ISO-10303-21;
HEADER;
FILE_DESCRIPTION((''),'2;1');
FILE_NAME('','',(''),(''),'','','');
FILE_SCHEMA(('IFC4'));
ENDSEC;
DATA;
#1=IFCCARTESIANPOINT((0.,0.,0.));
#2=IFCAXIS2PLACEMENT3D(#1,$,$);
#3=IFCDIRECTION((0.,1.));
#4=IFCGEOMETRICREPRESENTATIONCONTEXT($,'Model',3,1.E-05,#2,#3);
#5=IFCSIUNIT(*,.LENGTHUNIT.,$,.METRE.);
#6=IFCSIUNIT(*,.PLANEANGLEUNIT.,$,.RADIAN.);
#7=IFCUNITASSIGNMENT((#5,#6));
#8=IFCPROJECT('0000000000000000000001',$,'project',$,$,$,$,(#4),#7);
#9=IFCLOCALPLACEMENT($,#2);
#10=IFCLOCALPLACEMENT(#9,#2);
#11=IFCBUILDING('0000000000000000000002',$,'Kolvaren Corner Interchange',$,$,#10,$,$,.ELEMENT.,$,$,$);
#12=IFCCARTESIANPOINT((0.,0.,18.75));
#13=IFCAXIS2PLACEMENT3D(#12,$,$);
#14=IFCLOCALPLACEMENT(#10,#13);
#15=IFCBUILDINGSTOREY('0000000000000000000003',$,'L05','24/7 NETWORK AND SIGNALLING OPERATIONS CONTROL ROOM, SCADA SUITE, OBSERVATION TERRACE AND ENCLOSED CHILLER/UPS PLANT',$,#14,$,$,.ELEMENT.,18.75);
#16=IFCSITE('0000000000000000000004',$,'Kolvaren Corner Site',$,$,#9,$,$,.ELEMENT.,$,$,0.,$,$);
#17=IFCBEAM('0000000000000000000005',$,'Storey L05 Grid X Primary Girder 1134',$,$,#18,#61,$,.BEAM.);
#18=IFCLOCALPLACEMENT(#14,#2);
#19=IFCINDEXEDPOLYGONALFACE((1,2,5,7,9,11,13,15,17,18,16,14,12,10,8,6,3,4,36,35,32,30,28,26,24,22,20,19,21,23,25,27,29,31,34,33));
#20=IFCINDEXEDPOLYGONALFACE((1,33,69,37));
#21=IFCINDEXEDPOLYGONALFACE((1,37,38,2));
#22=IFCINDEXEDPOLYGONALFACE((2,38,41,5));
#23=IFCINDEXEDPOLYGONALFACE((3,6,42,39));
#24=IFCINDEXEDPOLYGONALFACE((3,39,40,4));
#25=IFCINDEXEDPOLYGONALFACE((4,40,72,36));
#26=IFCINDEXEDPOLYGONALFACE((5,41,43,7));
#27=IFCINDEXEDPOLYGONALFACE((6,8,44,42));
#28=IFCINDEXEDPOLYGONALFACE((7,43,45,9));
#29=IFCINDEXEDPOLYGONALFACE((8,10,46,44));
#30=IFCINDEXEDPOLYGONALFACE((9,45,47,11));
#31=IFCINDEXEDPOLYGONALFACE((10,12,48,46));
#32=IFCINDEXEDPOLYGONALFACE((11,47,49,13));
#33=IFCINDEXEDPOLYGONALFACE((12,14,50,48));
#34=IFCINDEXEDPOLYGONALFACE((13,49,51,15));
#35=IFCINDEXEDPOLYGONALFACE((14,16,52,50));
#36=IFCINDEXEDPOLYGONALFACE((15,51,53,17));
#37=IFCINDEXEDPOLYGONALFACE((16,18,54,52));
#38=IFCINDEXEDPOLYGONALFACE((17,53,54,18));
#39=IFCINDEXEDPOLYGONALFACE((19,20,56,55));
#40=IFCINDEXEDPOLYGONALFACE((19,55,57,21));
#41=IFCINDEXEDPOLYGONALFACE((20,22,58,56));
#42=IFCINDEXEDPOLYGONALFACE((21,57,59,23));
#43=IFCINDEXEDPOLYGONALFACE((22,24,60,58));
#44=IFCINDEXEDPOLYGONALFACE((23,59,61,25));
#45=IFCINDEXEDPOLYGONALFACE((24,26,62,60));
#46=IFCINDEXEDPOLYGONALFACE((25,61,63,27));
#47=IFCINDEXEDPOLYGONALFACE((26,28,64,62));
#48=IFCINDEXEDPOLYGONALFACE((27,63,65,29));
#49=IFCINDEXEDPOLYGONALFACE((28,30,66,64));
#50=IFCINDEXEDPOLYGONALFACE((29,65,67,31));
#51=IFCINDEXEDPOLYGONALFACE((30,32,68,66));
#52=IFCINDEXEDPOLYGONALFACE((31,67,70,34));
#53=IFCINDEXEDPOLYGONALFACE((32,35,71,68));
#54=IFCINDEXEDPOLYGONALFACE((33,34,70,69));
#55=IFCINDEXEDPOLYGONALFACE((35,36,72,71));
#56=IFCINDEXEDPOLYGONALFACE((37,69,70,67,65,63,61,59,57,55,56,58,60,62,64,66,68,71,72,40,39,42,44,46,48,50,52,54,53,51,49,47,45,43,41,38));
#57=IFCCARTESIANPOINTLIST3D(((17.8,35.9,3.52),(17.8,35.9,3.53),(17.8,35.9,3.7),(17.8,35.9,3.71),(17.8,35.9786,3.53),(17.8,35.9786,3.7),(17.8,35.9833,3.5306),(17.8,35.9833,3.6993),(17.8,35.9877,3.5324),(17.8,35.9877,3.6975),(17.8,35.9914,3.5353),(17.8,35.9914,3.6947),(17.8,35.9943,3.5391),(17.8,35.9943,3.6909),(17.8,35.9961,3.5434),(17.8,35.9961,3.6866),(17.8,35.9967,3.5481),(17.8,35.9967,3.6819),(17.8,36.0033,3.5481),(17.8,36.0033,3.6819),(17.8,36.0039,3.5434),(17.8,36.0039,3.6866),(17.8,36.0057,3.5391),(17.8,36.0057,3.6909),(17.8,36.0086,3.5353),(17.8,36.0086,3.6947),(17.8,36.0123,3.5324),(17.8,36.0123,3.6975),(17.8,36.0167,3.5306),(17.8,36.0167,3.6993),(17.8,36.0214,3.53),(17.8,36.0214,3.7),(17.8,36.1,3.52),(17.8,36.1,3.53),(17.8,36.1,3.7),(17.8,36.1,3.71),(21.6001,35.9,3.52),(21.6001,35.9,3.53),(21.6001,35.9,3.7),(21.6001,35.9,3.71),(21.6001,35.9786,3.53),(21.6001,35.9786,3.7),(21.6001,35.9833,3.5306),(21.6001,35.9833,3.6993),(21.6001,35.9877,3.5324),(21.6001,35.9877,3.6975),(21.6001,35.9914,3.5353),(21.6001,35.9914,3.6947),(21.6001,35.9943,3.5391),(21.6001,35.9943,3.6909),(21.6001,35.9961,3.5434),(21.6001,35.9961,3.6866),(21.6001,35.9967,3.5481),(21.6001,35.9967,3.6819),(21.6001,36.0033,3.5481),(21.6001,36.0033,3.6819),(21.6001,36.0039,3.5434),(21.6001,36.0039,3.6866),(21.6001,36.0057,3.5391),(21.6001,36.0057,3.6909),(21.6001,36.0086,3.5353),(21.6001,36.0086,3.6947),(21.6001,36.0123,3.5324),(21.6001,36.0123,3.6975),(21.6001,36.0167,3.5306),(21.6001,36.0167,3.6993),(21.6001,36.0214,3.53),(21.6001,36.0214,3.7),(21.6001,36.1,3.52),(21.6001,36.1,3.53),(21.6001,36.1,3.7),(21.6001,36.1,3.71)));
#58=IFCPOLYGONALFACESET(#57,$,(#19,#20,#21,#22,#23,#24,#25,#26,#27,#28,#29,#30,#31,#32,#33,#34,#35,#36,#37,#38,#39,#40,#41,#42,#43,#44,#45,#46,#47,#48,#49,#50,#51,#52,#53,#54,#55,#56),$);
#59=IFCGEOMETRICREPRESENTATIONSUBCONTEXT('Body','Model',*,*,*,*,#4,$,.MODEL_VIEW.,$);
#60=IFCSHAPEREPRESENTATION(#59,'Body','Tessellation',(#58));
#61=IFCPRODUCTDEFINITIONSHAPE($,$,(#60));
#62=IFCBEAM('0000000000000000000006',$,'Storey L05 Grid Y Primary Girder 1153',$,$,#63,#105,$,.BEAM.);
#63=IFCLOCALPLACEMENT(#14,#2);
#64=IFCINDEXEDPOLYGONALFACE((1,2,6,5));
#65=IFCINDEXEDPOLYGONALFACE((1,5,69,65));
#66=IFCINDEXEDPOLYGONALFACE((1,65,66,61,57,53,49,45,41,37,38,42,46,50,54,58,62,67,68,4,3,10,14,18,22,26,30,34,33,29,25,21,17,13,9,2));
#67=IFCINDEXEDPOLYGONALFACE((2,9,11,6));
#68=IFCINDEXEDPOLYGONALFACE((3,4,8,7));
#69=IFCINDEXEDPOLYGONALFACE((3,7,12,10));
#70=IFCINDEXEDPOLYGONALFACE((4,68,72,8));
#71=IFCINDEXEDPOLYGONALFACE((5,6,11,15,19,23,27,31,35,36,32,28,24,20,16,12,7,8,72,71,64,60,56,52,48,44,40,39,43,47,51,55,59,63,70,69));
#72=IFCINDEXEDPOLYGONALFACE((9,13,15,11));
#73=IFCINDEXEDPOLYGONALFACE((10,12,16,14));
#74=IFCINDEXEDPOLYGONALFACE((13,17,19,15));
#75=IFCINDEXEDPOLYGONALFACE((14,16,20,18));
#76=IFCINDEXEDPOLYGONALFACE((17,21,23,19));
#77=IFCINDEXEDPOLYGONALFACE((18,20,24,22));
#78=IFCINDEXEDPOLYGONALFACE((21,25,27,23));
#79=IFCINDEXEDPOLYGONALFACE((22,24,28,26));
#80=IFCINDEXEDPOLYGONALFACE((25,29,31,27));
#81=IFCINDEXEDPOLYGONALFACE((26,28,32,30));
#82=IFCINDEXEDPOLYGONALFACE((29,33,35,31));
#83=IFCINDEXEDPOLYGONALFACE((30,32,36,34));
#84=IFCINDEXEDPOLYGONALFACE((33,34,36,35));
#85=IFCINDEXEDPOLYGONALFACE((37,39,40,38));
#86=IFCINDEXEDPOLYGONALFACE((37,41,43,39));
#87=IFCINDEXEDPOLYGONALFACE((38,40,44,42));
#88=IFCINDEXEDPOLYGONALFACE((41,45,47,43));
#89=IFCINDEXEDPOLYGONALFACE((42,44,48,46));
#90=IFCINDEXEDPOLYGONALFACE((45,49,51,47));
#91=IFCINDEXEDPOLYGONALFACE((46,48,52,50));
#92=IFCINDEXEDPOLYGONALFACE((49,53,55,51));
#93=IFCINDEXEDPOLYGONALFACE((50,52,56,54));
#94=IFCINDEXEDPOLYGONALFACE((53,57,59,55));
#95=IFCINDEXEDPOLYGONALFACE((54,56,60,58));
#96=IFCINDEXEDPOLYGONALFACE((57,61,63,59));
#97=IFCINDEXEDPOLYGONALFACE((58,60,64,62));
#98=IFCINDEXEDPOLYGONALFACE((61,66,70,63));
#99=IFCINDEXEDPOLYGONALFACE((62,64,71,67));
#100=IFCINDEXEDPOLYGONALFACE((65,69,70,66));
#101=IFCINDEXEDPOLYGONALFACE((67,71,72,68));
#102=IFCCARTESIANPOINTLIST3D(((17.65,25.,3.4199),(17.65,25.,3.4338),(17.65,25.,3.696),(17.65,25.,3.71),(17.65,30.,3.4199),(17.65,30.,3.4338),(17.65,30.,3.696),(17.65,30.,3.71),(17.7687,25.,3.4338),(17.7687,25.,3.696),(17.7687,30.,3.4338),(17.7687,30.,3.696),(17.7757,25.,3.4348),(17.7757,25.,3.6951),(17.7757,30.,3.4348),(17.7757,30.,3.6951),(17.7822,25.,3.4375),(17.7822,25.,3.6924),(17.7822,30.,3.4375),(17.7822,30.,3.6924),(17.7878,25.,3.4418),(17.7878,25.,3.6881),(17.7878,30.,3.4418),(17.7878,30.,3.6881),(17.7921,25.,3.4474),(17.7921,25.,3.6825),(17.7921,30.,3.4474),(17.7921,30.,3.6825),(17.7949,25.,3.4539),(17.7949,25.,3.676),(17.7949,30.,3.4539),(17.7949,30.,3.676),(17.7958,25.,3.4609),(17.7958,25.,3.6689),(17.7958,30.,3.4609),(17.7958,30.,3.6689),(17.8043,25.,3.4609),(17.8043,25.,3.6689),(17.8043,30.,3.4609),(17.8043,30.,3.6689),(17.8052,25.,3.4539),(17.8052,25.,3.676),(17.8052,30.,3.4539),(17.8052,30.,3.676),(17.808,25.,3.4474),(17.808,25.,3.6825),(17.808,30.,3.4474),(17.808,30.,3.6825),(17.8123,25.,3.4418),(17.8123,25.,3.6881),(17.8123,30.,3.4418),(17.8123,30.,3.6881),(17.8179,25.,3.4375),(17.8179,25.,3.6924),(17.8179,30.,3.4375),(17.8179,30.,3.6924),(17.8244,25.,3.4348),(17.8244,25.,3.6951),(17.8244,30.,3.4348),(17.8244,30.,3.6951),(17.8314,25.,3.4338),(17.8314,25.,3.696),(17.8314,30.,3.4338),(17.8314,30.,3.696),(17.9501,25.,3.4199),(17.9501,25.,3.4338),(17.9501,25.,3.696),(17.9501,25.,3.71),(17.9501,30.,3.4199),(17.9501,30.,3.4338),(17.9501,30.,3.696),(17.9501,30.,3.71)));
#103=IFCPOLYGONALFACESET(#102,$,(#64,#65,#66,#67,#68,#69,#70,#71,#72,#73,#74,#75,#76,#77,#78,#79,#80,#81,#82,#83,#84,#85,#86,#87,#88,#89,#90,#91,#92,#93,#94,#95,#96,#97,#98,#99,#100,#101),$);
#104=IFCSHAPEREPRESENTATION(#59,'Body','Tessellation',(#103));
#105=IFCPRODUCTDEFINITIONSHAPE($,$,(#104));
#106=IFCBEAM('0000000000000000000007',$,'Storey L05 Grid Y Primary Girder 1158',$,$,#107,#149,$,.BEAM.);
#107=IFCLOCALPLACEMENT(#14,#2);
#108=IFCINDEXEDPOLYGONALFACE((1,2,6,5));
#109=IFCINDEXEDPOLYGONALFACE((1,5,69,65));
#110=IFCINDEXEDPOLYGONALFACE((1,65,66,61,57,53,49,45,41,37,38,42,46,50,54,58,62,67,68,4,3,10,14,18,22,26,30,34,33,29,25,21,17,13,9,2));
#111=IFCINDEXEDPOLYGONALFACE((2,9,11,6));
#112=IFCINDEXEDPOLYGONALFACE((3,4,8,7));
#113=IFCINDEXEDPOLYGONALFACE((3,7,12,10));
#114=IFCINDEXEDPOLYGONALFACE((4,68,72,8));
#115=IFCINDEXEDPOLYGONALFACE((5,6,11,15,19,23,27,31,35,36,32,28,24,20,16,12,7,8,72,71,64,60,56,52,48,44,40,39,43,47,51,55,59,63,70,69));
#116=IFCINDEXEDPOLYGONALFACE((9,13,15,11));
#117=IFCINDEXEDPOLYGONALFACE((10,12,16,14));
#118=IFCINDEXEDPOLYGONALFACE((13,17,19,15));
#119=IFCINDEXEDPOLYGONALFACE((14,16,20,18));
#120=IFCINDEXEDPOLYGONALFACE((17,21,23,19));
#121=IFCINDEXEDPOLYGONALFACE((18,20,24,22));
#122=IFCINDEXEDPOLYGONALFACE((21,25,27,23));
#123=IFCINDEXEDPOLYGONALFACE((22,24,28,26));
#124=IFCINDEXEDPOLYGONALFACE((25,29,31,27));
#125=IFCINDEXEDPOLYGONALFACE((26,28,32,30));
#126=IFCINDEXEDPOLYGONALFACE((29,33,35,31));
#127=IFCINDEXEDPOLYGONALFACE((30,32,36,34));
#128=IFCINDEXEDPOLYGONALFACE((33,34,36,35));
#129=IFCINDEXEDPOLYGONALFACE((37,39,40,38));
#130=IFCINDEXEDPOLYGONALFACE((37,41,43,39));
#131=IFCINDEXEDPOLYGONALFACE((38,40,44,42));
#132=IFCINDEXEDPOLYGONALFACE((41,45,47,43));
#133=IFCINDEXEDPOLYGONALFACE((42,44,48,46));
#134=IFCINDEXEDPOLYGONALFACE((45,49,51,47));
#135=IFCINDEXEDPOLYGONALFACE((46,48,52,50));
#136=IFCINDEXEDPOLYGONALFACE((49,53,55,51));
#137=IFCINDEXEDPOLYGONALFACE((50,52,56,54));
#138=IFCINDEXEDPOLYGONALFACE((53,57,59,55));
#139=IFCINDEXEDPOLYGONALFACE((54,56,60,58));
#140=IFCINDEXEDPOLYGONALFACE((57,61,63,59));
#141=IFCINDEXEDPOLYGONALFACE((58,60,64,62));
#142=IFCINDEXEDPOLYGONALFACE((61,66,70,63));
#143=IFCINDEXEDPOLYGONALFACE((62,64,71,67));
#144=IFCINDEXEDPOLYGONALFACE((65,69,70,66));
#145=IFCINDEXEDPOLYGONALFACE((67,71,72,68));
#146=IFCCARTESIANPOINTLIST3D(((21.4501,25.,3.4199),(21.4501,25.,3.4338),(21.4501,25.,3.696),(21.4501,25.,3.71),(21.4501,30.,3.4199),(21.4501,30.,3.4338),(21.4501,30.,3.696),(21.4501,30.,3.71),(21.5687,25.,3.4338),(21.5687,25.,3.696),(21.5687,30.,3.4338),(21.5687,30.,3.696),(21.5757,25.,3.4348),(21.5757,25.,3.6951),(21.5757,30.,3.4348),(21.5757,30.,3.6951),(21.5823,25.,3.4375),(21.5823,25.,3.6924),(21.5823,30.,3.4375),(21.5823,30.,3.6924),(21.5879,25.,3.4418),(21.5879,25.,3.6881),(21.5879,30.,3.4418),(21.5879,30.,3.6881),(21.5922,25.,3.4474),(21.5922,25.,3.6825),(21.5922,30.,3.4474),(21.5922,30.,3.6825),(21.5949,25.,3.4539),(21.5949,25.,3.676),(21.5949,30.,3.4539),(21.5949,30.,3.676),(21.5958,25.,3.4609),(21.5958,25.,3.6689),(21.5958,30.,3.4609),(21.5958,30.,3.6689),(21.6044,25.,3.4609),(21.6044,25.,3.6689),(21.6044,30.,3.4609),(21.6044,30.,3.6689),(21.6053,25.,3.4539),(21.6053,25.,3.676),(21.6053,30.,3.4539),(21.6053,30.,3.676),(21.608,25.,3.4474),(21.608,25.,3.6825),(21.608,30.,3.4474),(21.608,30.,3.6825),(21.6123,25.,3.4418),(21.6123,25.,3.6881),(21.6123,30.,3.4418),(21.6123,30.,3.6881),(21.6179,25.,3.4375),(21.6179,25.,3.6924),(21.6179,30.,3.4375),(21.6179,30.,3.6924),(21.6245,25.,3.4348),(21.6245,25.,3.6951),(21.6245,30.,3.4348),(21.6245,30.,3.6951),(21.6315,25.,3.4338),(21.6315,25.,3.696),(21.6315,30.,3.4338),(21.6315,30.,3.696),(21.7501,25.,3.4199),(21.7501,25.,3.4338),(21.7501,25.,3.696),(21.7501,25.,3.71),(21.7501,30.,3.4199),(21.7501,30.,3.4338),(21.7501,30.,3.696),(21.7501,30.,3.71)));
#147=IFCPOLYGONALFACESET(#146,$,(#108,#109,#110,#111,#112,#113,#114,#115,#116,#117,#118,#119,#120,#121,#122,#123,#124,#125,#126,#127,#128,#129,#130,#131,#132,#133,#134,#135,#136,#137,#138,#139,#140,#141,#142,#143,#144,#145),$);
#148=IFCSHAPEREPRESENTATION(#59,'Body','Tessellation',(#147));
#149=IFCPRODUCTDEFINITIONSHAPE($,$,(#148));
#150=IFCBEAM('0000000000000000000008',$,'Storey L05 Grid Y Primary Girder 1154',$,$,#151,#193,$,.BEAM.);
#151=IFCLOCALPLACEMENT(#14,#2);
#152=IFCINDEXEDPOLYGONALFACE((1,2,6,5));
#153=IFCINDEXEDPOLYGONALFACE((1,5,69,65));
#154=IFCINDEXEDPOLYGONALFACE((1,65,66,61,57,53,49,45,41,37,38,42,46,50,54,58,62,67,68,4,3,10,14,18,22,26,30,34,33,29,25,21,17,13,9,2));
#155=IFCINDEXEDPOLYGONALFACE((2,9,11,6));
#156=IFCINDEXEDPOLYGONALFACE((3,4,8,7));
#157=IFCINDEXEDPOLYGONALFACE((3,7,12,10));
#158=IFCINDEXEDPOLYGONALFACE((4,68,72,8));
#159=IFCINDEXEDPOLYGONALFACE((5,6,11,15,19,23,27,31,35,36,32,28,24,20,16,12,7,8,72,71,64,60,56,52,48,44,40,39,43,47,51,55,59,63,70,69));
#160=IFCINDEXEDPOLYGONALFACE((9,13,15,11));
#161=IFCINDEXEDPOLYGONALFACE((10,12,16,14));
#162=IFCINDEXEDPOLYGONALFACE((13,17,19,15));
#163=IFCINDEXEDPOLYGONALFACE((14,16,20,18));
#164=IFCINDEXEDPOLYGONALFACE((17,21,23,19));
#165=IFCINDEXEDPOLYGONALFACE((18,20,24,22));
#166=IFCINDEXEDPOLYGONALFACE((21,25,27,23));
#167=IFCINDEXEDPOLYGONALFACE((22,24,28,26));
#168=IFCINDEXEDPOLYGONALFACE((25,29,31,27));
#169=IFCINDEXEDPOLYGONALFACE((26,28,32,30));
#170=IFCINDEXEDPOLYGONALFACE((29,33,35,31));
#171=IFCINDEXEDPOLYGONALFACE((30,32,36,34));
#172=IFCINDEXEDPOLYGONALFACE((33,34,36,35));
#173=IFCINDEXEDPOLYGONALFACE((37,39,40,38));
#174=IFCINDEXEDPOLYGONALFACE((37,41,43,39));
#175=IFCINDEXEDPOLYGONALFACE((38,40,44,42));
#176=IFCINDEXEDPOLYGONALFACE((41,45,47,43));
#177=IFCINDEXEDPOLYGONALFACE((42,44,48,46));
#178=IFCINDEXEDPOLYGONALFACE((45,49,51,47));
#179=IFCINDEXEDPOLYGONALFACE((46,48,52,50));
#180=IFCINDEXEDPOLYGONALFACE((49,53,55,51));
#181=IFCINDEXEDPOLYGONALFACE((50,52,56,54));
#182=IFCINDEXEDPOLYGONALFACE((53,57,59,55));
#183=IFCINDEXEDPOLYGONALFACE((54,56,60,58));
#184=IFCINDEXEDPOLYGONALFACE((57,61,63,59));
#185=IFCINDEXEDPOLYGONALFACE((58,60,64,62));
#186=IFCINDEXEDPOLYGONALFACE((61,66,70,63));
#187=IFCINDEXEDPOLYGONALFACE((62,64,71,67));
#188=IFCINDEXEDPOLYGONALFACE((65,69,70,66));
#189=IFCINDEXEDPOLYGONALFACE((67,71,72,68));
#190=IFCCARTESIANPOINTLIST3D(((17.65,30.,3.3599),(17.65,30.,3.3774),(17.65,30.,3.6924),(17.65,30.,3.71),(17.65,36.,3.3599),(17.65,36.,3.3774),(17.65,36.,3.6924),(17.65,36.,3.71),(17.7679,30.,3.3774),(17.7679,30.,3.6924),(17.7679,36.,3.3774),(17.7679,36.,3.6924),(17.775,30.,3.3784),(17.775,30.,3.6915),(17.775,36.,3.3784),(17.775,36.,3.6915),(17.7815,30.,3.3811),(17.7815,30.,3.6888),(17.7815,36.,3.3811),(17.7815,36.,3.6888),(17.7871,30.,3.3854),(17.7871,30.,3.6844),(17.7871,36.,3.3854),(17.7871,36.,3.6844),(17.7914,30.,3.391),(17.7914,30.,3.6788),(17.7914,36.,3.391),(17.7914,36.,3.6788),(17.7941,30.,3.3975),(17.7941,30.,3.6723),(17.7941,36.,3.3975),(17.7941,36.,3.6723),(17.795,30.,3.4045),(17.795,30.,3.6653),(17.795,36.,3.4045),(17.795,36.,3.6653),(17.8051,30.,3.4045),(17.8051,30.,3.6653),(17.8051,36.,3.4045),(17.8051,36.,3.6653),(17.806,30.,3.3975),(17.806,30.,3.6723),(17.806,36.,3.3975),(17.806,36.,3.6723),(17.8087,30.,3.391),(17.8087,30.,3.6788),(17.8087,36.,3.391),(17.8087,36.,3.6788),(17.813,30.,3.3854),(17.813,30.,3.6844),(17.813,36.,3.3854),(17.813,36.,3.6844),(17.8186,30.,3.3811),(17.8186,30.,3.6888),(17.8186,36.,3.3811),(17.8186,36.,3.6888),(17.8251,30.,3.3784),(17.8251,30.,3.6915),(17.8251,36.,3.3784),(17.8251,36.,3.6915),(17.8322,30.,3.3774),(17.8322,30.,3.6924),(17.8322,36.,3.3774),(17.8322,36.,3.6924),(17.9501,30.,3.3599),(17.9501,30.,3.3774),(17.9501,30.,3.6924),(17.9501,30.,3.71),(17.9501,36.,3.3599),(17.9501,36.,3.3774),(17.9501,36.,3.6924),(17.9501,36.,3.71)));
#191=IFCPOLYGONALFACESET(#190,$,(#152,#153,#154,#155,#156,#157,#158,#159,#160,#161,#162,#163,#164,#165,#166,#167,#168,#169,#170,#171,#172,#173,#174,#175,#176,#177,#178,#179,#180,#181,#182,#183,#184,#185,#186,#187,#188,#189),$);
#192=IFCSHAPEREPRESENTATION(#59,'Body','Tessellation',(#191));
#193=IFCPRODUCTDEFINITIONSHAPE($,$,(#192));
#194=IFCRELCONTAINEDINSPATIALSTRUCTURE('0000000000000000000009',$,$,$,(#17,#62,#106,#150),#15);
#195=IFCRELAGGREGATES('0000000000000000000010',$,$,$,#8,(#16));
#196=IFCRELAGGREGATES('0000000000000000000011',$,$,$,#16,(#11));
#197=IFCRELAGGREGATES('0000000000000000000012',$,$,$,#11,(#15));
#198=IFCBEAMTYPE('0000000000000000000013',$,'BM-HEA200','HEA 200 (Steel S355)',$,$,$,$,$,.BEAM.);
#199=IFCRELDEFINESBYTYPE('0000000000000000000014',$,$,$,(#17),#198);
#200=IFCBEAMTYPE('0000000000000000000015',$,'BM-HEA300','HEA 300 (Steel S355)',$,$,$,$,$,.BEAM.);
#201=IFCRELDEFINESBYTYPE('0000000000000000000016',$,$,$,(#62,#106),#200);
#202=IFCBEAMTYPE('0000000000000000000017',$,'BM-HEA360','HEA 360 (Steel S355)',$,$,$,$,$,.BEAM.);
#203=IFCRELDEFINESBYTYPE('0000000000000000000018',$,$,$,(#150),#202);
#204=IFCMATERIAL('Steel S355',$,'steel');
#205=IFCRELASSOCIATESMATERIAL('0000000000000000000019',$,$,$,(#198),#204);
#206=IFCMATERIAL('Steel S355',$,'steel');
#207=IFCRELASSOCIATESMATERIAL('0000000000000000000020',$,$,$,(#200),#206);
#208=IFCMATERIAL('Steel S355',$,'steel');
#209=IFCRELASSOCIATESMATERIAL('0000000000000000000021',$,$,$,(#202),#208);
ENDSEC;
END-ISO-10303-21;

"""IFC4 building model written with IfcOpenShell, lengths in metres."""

from ifc_helpers import new_model, si_unit, direction, frame, origin, origin_2d, place, context, subcontext, project, spatial, i_section, extrude, material, material_profile, profile_set, type_object, element, save


model = new_model("IFC4")

# Units and contexts
model_context = context("Model", 3, precision=1e-05, world=origin(), true_north=direction((0.0, 1.0)))
body_context = subcontext(model_context, "Body", "Model", "MODEL_VIEW")
ifc_project = project(units=[si_unit("LENGTHUNIT", "METRE"), si_unit("PLANEANGLEUNIT", "RADIAN")], contexts=[model_context])

# Site, building, storey
site_placement = place(None, origin())
site = spatial("IfcSite", under=ifc_project, at=site_placement, Name="Kolvaren Corner Site", CompositionType="ELEMENT", RefElevation=0.0)
building_placement = place(site_placement, origin())
building = spatial("IfcBuilding", under=site, at=building_placement, Name="Kolvaren Corner Interchange", CompositionType="ELEMENT")
storey_placement = place(building_placement, frame((0.0, 0.0, 18.75)))
storey = spatial("IfcBuildingStorey", under=building, at=storey_placement, Name="L05", Description="24/7 NETWORK AND SIGNALLING OPERATIONS CONTROL ROOM, SCADA SUITE, OBSERVATION TERRACE AND ENCLOSED CHILLER/UPS PLANT", CompositionType="ELEMENT", Elevation=18.75)

# Beams
ifc_material_1 = material(Name="Steel S355", Category="steel")
ifc_material_profile_1 = material_profile(ifc_material_1, i_section(OverallWidth=0.2, OverallDepth=0.1899, WebThickness=0.0066, FlangeThickness=0.01, FilletRadius=0.0181, at=origin_2d()), Name="HEA 200")
ifc_profile_set_1 = profile_set([ifc_material_profile_1], Name="Steel S355")
beam_type_1 = type_object("IfcBeamType", Name="BM-HEA200", Description="HEA 200 (Steel S355)", PredefinedType="BEAM", material=ifc_profile_set_1)
for number, where, z_axis, x_axis, name in (
    (1, (17.8, 36.0, 3.615), (1.0, 0.0, 0.0), (0.0, 1.0, 0.0), "Storey L05 Grid X Primary Girder 1134"),
):
    element("IfcBeam", number, at=place(storey_placement, frame(where, z_axis=z_axis, x_axis=x_axis)), inside=storey, type_object=beam_type_1, Name=name, PredefinedType="BEAM", context=body_context, shape_type="SweptSolid", body=[
        extrude(i_section(OverallWidth=0.2, OverallDepth=0.1899, WebThickness=0.0066, FlangeThickness=0.01, FilletRadius=0.0181, at=origin_2d()), origin(), (0.0, 0.0, 1.0), 3.8),
    ])
ifc_material_2 = material(Name="Steel S355", Category="steel")
ifc_material_profile_2 = material_profile(ifc_material_2, i_section(OverallWidth=0.3, OverallDepth=0.29, WebThickness=0.0085, FlangeThickness=0.0139, FilletRadius=0.0271, at=origin_2d()), Name="HEA 300")
ifc_profile_set_2 = profile_set([ifc_material_profile_2], Name="Steel S355")
beam_type_2 = type_object("IfcBeamType", Name="BM-HEA300", Description="HEA 300 (Steel S355)", PredefinedType="BEAM", material=ifc_profile_set_2)
for number, where, z_axis, x_axis, name in (
    (2, (17.8, 25.0, 3.5649), (0.0, 1.0, 0.0), (-1.0, 0.0, 0.0), "Storey L05 Grid Y Primary Girder 1153"),
    (3, (21.6001, 25.0, 3.5649), (0.0, 1.0, 0.0), (-1.0, 0.0, 0.0), "Storey L05 Grid Y Primary Girder 1158"),
):
    element("IfcBeam", number, at=place(storey_placement, frame(where, z_axis=z_axis, x_axis=x_axis)), inside=storey, type_object=beam_type_2, Name=name, PredefinedType="BEAM", context=body_context, shape_type="SweptSolid", body=[
        extrude(i_section(OverallWidth=0.3, OverallDepth=0.29, WebThickness=0.0085, FlangeThickness=0.0139, FilletRadius=0.0271, at=origin_2d()), origin(), (0.0, 0.0, 1.0), 5.0),
    ])
ifc_material_3 = material(Name="Steel S355", Category="steel")
ifc_material_profile_3 = material_profile(ifc_material_3, i_section(OverallWidth=0.3, OverallDepth=0.3501, WebThickness=0.01, FlangeThickness=0.0176, FilletRadius=0.0271, at=origin_2d()), Name="HEA 360")
ifc_profile_set_3 = profile_set([ifc_material_profile_3], Name="Steel S355")
beam_type_3 = type_object("IfcBeamType", Name="BM-HEA360", Description="HEA 360 (Steel S355)", PredefinedType="BEAM", material=ifc_profile_set_3)
for number, where, z_axis, x_axis, name in (
    (4, (17.8, 30.0, 3.5349), (0.0, 1.0, 0.0), (-1.0, 0.0, 0.0), "Storey L05 Grid Y Primary Girder 1154"),
):
    element("IfcBeam", number, at=place(storey_placement, frame(where, z_axis=z_axis, x_axis=x_axis)), inside=storey, type_object=beam_type_3, Name=name, PredefinedType="BEAM", context=body_context, shape_type="SweptSolid", body=[
        extrude(i_section(OverallWidth=0.3, OverallDepth=0.3501, WebThickness=0.01, FlangeThickness=0.0176, FilletRadius=0.0271, at=origin_2d()), origin(), (0.0, 0.0, 1.0), 6.0),
    ])

save(model, "model.ifc")
